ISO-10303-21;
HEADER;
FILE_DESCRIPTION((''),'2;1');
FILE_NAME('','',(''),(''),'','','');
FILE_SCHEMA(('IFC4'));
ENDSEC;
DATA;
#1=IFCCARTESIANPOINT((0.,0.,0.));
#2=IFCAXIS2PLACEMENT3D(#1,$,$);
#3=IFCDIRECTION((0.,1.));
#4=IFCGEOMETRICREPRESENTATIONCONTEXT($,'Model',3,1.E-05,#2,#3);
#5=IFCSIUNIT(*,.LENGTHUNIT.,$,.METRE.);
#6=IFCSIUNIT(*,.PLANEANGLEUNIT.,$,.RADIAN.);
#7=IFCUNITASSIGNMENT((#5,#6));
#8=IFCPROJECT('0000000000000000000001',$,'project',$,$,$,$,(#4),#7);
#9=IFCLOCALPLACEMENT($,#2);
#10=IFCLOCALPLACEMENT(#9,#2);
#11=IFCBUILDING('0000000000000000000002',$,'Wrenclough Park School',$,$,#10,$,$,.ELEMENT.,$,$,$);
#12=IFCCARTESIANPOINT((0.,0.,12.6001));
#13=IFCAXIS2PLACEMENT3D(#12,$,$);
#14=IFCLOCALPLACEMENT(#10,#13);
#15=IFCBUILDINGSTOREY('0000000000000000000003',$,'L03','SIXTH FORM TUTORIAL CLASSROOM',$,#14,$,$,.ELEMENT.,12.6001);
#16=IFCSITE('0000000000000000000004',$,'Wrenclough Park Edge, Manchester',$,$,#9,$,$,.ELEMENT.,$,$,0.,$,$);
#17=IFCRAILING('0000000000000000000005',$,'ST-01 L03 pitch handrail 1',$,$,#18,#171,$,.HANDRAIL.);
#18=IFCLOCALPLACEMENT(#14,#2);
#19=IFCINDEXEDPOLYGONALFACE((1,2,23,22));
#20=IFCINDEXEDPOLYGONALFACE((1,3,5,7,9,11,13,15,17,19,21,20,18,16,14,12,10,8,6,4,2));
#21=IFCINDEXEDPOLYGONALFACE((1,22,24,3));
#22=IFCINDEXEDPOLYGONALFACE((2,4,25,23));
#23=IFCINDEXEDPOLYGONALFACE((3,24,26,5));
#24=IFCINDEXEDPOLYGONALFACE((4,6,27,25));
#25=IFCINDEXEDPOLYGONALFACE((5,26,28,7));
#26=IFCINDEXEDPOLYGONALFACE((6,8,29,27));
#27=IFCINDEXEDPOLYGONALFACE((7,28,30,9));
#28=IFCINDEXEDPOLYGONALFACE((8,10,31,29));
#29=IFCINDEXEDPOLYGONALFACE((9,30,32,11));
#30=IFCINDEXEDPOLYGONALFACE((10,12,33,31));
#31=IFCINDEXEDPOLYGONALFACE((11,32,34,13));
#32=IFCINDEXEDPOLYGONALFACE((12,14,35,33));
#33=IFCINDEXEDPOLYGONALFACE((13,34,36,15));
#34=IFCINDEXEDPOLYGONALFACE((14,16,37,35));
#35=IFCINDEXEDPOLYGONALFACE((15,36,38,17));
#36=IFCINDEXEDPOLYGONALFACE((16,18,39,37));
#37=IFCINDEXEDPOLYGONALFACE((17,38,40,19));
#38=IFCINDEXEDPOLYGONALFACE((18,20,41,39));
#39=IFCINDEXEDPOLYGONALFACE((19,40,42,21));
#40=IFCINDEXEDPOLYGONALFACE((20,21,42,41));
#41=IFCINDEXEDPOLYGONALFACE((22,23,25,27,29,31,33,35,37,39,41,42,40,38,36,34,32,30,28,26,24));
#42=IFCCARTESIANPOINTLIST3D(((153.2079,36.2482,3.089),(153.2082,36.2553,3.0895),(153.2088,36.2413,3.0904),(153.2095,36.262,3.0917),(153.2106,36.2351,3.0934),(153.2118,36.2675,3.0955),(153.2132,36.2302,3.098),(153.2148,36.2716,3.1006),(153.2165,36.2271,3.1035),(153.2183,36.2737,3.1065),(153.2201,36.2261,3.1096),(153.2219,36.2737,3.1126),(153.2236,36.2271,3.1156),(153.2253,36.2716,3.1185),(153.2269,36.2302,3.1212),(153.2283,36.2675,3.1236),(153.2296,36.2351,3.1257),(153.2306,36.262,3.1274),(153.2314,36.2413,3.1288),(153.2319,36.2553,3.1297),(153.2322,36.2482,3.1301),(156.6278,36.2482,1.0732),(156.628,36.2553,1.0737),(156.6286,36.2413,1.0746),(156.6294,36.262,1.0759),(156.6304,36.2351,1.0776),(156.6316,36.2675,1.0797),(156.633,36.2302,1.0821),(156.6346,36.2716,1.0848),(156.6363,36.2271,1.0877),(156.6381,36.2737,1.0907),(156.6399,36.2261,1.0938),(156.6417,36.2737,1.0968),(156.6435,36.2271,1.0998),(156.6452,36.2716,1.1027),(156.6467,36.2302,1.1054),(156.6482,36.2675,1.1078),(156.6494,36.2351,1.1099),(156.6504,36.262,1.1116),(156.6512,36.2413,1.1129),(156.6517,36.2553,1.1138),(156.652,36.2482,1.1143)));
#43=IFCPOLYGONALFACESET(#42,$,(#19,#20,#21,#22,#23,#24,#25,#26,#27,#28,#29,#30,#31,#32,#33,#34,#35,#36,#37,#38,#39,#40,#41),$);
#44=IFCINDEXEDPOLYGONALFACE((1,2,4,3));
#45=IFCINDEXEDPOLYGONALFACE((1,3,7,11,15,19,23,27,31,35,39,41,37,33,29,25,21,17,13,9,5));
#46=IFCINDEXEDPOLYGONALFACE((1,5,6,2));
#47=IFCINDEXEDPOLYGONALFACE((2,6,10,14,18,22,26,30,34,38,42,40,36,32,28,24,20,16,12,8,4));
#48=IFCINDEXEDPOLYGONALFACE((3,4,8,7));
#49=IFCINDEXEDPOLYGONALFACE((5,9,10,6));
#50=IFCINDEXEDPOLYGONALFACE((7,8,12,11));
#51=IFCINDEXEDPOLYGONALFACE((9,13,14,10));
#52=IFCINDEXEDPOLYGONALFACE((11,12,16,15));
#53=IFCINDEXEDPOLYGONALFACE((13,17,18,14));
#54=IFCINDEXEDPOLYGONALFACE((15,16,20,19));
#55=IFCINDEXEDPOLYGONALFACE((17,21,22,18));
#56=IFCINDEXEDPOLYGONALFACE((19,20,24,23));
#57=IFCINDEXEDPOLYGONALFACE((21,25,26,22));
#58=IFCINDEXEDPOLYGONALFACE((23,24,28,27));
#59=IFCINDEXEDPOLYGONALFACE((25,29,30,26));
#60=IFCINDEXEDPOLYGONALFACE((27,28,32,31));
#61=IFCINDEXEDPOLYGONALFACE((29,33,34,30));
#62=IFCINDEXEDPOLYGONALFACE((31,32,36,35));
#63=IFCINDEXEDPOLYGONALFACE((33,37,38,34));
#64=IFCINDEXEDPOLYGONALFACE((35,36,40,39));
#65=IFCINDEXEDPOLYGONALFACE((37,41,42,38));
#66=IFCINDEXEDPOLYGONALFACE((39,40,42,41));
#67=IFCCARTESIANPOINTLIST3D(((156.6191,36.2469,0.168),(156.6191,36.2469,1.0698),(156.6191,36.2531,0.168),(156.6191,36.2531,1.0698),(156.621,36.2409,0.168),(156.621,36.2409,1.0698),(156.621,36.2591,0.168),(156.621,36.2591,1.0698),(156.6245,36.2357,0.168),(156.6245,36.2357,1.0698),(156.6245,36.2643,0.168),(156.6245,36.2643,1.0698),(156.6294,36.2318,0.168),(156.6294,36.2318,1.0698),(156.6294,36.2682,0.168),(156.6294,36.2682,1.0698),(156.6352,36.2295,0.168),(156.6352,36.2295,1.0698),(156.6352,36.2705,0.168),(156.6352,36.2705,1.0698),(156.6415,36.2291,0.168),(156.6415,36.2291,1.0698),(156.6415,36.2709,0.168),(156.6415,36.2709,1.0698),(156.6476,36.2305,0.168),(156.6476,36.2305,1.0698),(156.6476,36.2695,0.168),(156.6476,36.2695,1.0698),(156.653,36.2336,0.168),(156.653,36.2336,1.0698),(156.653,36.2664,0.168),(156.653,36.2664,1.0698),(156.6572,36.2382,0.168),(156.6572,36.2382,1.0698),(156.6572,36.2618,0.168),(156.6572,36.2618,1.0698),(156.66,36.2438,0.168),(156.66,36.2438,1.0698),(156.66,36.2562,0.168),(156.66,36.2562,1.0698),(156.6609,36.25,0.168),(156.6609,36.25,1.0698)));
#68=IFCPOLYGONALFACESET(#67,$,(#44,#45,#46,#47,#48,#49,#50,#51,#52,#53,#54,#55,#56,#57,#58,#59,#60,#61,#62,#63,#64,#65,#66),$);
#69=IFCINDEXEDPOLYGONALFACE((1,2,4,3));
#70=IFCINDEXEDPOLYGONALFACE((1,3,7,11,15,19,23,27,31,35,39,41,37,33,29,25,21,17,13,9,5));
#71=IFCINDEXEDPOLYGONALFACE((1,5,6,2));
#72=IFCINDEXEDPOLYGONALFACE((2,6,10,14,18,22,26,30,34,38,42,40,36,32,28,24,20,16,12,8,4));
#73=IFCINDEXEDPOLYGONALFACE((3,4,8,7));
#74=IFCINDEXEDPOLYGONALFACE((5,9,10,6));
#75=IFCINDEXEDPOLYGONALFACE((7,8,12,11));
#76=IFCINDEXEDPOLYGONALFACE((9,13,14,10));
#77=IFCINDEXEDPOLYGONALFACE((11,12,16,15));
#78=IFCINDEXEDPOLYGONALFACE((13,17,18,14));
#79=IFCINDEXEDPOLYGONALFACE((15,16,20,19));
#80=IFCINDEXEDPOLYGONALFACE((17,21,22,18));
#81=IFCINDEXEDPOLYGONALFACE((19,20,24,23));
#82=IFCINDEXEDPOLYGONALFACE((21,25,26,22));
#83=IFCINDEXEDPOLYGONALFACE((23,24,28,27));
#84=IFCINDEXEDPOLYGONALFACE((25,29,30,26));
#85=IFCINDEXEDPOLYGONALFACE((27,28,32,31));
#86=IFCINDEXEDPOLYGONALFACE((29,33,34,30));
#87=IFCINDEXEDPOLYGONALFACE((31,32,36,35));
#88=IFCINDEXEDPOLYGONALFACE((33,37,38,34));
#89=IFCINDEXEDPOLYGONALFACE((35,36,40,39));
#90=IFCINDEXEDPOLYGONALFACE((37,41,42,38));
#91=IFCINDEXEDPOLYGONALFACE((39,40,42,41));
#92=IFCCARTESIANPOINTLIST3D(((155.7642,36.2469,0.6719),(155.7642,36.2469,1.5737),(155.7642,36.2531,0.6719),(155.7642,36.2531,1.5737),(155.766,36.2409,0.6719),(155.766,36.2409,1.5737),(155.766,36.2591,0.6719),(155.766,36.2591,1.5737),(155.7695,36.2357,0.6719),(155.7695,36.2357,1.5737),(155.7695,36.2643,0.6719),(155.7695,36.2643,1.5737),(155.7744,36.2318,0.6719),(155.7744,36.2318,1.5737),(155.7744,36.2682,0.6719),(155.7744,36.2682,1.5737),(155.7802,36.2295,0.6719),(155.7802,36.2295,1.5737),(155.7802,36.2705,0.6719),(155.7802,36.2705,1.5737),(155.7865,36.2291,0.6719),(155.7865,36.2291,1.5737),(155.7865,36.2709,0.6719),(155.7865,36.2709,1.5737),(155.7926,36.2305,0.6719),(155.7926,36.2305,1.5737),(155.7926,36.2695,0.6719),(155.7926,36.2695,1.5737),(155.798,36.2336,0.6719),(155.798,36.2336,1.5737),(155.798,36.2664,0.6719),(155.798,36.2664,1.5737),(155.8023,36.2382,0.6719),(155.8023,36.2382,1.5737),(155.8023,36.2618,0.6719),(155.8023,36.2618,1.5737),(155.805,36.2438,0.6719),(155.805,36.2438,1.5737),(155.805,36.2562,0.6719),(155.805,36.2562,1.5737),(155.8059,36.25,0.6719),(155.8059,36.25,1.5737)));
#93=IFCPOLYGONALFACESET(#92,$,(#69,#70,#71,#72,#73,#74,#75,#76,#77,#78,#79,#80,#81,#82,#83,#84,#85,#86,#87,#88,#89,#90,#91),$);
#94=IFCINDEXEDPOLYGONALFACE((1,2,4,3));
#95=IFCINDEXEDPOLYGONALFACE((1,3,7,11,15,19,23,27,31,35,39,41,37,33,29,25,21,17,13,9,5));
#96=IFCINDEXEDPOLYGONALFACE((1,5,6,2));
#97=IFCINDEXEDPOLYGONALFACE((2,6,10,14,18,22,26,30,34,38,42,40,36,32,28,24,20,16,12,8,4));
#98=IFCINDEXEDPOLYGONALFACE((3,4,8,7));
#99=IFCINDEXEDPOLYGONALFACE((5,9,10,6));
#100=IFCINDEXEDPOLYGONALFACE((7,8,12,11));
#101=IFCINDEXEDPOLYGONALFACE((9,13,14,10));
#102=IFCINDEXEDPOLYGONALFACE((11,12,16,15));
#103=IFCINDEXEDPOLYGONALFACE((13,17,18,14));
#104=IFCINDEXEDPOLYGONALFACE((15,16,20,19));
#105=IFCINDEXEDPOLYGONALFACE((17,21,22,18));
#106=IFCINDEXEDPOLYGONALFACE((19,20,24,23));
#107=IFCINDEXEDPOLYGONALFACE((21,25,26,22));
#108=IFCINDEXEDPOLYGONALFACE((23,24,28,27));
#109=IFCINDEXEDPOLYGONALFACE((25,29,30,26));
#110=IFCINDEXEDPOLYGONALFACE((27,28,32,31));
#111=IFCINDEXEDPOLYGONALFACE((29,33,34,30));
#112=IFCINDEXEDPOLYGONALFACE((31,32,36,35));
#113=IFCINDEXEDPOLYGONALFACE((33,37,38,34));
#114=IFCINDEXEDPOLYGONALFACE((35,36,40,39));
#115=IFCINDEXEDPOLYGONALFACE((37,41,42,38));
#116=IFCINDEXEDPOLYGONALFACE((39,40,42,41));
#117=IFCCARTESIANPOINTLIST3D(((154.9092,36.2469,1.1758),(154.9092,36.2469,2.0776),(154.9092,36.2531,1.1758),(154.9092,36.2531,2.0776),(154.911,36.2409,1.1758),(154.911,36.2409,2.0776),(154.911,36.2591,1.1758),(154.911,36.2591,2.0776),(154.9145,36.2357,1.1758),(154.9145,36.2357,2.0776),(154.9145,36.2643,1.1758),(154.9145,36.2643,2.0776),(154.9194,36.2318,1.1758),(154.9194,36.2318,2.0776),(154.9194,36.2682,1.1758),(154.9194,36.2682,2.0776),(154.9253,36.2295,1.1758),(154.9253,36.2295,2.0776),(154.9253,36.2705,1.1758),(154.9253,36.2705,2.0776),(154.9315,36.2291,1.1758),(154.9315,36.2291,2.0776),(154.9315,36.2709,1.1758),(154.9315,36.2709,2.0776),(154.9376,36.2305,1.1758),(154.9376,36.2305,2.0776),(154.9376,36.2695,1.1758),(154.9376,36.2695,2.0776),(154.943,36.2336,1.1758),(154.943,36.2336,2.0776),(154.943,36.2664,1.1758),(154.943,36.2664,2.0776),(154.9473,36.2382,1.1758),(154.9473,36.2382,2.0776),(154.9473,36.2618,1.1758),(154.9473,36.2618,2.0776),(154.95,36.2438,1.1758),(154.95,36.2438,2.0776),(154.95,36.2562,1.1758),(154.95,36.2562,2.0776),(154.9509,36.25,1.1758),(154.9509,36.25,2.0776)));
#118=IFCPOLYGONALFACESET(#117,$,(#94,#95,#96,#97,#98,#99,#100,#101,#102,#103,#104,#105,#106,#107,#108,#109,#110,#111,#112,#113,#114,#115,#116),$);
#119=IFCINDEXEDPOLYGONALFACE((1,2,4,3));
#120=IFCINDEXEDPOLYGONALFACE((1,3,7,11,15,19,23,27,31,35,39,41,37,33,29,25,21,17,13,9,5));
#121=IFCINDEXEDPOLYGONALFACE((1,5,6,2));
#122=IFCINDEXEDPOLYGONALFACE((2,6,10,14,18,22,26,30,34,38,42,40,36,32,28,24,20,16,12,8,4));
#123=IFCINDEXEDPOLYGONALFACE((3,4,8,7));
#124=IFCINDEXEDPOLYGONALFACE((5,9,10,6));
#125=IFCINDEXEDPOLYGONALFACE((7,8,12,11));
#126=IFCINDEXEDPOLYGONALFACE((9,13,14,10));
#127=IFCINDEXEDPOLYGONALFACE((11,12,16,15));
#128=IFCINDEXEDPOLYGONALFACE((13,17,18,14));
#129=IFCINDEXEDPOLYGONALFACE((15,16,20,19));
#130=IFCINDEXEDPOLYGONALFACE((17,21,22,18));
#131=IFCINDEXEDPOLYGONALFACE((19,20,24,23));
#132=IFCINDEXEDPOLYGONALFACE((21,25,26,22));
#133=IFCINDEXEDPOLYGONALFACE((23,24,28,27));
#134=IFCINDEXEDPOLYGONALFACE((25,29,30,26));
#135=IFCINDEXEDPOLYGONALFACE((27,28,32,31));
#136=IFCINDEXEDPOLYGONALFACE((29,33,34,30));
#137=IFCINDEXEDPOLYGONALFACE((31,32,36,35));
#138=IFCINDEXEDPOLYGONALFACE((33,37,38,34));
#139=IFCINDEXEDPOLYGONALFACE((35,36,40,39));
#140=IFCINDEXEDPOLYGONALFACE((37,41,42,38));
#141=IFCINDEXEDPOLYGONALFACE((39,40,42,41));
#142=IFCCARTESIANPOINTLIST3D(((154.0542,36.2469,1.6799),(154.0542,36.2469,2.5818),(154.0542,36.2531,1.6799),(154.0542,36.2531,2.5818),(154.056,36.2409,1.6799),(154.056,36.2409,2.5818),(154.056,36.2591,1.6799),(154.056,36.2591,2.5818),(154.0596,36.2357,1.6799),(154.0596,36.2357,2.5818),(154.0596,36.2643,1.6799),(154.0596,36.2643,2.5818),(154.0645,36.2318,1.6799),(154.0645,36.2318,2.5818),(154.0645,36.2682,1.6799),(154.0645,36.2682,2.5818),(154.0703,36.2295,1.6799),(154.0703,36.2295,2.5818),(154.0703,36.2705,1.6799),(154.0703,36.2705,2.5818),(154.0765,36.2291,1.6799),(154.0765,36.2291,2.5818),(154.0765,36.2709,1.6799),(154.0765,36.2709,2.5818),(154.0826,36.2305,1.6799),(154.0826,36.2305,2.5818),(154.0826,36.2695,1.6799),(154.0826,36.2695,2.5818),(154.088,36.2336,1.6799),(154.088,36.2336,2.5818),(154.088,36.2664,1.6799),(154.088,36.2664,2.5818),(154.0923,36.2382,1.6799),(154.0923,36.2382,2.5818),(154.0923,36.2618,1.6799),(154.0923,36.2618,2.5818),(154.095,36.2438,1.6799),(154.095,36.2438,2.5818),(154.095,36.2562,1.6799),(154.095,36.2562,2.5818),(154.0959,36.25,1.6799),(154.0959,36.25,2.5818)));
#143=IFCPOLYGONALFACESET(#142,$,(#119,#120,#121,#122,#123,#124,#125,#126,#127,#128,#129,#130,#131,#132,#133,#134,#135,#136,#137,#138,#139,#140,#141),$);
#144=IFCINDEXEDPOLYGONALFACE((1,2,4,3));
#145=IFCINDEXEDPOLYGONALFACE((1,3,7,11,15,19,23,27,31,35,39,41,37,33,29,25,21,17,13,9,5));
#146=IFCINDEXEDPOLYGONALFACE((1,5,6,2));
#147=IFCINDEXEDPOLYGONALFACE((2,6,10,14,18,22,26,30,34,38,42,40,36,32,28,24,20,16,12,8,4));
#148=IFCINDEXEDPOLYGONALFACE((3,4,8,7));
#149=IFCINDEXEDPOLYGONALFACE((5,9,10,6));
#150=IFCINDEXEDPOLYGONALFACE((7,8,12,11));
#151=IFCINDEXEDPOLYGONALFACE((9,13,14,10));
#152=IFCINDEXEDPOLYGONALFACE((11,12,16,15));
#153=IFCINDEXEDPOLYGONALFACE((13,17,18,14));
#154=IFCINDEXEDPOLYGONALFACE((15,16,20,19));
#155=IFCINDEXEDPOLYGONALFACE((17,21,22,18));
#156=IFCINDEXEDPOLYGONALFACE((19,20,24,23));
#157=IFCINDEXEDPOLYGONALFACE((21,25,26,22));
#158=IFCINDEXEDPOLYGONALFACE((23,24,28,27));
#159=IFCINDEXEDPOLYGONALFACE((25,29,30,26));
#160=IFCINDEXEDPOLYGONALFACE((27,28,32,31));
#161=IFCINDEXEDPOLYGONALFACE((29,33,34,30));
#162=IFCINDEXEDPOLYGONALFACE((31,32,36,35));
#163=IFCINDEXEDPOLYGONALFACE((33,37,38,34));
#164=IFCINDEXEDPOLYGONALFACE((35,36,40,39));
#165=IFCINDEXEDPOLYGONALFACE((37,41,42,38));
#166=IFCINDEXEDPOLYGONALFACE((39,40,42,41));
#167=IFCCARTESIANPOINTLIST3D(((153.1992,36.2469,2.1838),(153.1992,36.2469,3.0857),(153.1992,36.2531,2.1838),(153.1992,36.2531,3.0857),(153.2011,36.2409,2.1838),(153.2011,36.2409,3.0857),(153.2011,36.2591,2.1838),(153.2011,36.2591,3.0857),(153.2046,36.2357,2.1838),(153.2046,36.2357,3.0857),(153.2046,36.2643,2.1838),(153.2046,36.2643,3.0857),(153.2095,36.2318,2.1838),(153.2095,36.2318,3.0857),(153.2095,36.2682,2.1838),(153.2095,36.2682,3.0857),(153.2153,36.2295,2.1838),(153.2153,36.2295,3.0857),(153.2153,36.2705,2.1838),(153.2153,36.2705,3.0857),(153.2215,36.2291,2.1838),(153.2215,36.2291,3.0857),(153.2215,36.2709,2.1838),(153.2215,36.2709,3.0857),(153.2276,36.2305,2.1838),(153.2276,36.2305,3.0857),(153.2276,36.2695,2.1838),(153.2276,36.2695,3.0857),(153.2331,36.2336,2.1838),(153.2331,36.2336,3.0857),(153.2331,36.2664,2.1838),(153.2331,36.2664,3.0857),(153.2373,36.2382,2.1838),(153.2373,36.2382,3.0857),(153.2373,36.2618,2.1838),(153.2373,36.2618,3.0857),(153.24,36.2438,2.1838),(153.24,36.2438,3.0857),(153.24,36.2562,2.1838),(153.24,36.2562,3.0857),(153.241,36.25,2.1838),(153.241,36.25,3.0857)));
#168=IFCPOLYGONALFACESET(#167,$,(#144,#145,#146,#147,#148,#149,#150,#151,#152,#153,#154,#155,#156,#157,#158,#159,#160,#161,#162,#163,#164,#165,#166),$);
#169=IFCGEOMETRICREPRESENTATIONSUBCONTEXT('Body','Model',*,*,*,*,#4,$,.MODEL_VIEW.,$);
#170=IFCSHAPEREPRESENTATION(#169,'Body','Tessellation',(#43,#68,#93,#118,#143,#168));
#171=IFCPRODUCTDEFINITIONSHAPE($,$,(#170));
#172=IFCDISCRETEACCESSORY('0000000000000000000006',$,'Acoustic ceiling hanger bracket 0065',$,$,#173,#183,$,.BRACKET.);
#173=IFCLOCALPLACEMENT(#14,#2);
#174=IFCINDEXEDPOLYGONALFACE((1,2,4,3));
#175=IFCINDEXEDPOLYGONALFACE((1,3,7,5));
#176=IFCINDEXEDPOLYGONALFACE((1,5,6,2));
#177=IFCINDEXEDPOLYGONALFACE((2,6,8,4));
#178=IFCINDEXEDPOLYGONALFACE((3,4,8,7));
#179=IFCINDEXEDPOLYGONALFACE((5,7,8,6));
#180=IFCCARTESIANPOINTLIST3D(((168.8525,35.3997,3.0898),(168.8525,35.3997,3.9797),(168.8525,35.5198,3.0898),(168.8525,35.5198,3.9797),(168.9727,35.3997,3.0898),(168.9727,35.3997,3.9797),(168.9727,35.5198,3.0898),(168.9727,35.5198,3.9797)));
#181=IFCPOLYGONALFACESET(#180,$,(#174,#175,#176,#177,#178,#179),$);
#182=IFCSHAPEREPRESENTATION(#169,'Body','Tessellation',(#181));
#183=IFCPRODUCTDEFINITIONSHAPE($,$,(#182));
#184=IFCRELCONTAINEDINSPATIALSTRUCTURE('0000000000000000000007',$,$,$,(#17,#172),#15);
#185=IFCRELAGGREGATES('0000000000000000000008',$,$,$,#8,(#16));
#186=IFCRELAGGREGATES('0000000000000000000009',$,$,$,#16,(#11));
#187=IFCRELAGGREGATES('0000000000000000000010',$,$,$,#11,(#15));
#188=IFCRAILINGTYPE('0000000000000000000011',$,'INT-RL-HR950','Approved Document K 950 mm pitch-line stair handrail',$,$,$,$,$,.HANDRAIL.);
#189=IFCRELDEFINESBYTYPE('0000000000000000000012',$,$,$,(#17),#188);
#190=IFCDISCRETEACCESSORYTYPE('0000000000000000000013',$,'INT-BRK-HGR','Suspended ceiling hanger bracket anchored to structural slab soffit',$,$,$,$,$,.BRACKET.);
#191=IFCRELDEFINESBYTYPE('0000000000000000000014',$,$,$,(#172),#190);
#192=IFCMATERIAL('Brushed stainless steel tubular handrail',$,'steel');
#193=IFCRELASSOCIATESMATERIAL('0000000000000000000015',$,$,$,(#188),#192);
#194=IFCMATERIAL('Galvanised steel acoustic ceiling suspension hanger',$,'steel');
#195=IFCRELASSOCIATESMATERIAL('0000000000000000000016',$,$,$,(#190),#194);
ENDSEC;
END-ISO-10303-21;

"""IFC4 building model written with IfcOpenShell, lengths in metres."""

from ifc_helpers import new_model, si_unit, direction, frame, origin, origin_2d, place, context, subcontext, project, spatial, rectangle, circle, extrude, material, type_object, element, save


model = new_model("IFC4")

# Units and contexts
model_context = context("Model", 3, precision=1e-05, world=origin(), true_north=direction((0.0, 1.0)))
body_context = subcontext(model_context, "Body", "Model", "MODEL_VIEW")
ifc_project = project(units=[si_unit("LENGTHUNIT", "METRE"), si_unit("PLANEANGLEUNIT", "RADIAN")], contexts=[model_context])

# Site, building, storey
site_placement = place(None, origin())
site = spatial("IfcSite", under=ifc_project, at=site_placement, Name="Wrenclough Park Edge, Manchester", CompositionType="ELEMENT", RefElevation=0.0)
building_placement = place(site_placement, origin())
building = spatial("IfcBuilding", under=site, at=building_placement, Name="Wrenclough Park School", CompositionType="ELEMENT")
storey_placement = place(building_placement, frame((0.0, 0.0, 12.6001)))
storey = spatial("IfcBuildingStorey", under=building, at=storey_placement, Name="L03", Description="SIXTH FORM TUTORIAL CLASSROOM", CompositionType="ELEMENT", Elevation=12.6001)

# Railing
ifc_material_1 = material(Name="Brushed stainless steel tubular handrail", Category="steel")
railing_type_1 = type_object("IfcRailingType", Name="INT-RL-HR950", Description="Approved Document K 950 mm pitch-line stair handrail", PredefinedType="HANDRAIL", material=ifc_material_1)
railing_1_placement = place(storey_placement, frame((156.6399, 36.25, 0.168)))
element("IfcRailing", 1, at=railing_1_placement, inside=storey, type_object=railing_type_1, Name="ST-01 L03 pitch handrail 1", PredefinedType="HANDRAIL", context=body_context, shape_type="SweptSolid", body=[
    extrude(circle(Radius=0.0239, at=origin_2d()), frame((0.0, 0.0, 0.9258), z_axis=(-0.861477, 0.0, 0.507797), x_axis=(0.0, -1.0, 0.0)), (0.0, 0.0, 1.0), 3.9697),
    extrude(circle(Radius=0.021, at=origin_2d()), origin(), (0.0, 0.0, 1.0), 0.9019),
    extrude(circle(Radius=0.021, at=origin_2d()), frame((-0.855, 0.0, 0.5039)), (0.0, 0.0, 1.0), 0.9019),
    extrude(circle(Radius=0.021, at=origin_2d()), frame((-1.71, 0.0, 1.0078)), (0.0, 0.0, 1.0), 0.9019),
    extrude(circle(Radius=0.021, at=origin_2d()), frame((-2.5649, 0.0, 1.512)), (0.0, 0.0, 1.0), 0.9019),
    extrude(circle(Radius=0.021, at=origin_2d()), frame((-3.4199, 0.0, 2.0159)), (0.0, 0.0, 1.0), 0.9019),
])

# Discrete accessory
ifc_material_2 = material(Name="Galvanised steel acoustic ceiling suspension hanger", Category="steel")
discrete_accessory_type = type_object("IfcDiscreteAccessoryType", Name="INT-BRK-HGR", Description="Suspended ceiling hanger bracket anchored to structural slab soffit", PredefinedType="BRACKET", material=ifc_material_2)
discrete_accessory_placement = place(storey_placement, frame((168.9126, 35.4597, 3.0898), z_axis=(0.0, 0.0, 1.0), x_axis=(1.0, 0.0, 0.0)))
element("IfcDiscreteAccessory", 2, at=discrete_accessory_placement, inside=storey, type_object=discrete_accessory_type, Name="Acoustic ceiling hanger bracket 0065", PredefinedType="BRACKET", context=body_context, shape_type="SweptSolid", body=[
    extrude(rectangle(XDim=0.1201, YDim=0.1201, at=origin_2d()), origin(), (0.0, 0.0, 1.0), 0.8899),
])

save(model, "model.ifc")
